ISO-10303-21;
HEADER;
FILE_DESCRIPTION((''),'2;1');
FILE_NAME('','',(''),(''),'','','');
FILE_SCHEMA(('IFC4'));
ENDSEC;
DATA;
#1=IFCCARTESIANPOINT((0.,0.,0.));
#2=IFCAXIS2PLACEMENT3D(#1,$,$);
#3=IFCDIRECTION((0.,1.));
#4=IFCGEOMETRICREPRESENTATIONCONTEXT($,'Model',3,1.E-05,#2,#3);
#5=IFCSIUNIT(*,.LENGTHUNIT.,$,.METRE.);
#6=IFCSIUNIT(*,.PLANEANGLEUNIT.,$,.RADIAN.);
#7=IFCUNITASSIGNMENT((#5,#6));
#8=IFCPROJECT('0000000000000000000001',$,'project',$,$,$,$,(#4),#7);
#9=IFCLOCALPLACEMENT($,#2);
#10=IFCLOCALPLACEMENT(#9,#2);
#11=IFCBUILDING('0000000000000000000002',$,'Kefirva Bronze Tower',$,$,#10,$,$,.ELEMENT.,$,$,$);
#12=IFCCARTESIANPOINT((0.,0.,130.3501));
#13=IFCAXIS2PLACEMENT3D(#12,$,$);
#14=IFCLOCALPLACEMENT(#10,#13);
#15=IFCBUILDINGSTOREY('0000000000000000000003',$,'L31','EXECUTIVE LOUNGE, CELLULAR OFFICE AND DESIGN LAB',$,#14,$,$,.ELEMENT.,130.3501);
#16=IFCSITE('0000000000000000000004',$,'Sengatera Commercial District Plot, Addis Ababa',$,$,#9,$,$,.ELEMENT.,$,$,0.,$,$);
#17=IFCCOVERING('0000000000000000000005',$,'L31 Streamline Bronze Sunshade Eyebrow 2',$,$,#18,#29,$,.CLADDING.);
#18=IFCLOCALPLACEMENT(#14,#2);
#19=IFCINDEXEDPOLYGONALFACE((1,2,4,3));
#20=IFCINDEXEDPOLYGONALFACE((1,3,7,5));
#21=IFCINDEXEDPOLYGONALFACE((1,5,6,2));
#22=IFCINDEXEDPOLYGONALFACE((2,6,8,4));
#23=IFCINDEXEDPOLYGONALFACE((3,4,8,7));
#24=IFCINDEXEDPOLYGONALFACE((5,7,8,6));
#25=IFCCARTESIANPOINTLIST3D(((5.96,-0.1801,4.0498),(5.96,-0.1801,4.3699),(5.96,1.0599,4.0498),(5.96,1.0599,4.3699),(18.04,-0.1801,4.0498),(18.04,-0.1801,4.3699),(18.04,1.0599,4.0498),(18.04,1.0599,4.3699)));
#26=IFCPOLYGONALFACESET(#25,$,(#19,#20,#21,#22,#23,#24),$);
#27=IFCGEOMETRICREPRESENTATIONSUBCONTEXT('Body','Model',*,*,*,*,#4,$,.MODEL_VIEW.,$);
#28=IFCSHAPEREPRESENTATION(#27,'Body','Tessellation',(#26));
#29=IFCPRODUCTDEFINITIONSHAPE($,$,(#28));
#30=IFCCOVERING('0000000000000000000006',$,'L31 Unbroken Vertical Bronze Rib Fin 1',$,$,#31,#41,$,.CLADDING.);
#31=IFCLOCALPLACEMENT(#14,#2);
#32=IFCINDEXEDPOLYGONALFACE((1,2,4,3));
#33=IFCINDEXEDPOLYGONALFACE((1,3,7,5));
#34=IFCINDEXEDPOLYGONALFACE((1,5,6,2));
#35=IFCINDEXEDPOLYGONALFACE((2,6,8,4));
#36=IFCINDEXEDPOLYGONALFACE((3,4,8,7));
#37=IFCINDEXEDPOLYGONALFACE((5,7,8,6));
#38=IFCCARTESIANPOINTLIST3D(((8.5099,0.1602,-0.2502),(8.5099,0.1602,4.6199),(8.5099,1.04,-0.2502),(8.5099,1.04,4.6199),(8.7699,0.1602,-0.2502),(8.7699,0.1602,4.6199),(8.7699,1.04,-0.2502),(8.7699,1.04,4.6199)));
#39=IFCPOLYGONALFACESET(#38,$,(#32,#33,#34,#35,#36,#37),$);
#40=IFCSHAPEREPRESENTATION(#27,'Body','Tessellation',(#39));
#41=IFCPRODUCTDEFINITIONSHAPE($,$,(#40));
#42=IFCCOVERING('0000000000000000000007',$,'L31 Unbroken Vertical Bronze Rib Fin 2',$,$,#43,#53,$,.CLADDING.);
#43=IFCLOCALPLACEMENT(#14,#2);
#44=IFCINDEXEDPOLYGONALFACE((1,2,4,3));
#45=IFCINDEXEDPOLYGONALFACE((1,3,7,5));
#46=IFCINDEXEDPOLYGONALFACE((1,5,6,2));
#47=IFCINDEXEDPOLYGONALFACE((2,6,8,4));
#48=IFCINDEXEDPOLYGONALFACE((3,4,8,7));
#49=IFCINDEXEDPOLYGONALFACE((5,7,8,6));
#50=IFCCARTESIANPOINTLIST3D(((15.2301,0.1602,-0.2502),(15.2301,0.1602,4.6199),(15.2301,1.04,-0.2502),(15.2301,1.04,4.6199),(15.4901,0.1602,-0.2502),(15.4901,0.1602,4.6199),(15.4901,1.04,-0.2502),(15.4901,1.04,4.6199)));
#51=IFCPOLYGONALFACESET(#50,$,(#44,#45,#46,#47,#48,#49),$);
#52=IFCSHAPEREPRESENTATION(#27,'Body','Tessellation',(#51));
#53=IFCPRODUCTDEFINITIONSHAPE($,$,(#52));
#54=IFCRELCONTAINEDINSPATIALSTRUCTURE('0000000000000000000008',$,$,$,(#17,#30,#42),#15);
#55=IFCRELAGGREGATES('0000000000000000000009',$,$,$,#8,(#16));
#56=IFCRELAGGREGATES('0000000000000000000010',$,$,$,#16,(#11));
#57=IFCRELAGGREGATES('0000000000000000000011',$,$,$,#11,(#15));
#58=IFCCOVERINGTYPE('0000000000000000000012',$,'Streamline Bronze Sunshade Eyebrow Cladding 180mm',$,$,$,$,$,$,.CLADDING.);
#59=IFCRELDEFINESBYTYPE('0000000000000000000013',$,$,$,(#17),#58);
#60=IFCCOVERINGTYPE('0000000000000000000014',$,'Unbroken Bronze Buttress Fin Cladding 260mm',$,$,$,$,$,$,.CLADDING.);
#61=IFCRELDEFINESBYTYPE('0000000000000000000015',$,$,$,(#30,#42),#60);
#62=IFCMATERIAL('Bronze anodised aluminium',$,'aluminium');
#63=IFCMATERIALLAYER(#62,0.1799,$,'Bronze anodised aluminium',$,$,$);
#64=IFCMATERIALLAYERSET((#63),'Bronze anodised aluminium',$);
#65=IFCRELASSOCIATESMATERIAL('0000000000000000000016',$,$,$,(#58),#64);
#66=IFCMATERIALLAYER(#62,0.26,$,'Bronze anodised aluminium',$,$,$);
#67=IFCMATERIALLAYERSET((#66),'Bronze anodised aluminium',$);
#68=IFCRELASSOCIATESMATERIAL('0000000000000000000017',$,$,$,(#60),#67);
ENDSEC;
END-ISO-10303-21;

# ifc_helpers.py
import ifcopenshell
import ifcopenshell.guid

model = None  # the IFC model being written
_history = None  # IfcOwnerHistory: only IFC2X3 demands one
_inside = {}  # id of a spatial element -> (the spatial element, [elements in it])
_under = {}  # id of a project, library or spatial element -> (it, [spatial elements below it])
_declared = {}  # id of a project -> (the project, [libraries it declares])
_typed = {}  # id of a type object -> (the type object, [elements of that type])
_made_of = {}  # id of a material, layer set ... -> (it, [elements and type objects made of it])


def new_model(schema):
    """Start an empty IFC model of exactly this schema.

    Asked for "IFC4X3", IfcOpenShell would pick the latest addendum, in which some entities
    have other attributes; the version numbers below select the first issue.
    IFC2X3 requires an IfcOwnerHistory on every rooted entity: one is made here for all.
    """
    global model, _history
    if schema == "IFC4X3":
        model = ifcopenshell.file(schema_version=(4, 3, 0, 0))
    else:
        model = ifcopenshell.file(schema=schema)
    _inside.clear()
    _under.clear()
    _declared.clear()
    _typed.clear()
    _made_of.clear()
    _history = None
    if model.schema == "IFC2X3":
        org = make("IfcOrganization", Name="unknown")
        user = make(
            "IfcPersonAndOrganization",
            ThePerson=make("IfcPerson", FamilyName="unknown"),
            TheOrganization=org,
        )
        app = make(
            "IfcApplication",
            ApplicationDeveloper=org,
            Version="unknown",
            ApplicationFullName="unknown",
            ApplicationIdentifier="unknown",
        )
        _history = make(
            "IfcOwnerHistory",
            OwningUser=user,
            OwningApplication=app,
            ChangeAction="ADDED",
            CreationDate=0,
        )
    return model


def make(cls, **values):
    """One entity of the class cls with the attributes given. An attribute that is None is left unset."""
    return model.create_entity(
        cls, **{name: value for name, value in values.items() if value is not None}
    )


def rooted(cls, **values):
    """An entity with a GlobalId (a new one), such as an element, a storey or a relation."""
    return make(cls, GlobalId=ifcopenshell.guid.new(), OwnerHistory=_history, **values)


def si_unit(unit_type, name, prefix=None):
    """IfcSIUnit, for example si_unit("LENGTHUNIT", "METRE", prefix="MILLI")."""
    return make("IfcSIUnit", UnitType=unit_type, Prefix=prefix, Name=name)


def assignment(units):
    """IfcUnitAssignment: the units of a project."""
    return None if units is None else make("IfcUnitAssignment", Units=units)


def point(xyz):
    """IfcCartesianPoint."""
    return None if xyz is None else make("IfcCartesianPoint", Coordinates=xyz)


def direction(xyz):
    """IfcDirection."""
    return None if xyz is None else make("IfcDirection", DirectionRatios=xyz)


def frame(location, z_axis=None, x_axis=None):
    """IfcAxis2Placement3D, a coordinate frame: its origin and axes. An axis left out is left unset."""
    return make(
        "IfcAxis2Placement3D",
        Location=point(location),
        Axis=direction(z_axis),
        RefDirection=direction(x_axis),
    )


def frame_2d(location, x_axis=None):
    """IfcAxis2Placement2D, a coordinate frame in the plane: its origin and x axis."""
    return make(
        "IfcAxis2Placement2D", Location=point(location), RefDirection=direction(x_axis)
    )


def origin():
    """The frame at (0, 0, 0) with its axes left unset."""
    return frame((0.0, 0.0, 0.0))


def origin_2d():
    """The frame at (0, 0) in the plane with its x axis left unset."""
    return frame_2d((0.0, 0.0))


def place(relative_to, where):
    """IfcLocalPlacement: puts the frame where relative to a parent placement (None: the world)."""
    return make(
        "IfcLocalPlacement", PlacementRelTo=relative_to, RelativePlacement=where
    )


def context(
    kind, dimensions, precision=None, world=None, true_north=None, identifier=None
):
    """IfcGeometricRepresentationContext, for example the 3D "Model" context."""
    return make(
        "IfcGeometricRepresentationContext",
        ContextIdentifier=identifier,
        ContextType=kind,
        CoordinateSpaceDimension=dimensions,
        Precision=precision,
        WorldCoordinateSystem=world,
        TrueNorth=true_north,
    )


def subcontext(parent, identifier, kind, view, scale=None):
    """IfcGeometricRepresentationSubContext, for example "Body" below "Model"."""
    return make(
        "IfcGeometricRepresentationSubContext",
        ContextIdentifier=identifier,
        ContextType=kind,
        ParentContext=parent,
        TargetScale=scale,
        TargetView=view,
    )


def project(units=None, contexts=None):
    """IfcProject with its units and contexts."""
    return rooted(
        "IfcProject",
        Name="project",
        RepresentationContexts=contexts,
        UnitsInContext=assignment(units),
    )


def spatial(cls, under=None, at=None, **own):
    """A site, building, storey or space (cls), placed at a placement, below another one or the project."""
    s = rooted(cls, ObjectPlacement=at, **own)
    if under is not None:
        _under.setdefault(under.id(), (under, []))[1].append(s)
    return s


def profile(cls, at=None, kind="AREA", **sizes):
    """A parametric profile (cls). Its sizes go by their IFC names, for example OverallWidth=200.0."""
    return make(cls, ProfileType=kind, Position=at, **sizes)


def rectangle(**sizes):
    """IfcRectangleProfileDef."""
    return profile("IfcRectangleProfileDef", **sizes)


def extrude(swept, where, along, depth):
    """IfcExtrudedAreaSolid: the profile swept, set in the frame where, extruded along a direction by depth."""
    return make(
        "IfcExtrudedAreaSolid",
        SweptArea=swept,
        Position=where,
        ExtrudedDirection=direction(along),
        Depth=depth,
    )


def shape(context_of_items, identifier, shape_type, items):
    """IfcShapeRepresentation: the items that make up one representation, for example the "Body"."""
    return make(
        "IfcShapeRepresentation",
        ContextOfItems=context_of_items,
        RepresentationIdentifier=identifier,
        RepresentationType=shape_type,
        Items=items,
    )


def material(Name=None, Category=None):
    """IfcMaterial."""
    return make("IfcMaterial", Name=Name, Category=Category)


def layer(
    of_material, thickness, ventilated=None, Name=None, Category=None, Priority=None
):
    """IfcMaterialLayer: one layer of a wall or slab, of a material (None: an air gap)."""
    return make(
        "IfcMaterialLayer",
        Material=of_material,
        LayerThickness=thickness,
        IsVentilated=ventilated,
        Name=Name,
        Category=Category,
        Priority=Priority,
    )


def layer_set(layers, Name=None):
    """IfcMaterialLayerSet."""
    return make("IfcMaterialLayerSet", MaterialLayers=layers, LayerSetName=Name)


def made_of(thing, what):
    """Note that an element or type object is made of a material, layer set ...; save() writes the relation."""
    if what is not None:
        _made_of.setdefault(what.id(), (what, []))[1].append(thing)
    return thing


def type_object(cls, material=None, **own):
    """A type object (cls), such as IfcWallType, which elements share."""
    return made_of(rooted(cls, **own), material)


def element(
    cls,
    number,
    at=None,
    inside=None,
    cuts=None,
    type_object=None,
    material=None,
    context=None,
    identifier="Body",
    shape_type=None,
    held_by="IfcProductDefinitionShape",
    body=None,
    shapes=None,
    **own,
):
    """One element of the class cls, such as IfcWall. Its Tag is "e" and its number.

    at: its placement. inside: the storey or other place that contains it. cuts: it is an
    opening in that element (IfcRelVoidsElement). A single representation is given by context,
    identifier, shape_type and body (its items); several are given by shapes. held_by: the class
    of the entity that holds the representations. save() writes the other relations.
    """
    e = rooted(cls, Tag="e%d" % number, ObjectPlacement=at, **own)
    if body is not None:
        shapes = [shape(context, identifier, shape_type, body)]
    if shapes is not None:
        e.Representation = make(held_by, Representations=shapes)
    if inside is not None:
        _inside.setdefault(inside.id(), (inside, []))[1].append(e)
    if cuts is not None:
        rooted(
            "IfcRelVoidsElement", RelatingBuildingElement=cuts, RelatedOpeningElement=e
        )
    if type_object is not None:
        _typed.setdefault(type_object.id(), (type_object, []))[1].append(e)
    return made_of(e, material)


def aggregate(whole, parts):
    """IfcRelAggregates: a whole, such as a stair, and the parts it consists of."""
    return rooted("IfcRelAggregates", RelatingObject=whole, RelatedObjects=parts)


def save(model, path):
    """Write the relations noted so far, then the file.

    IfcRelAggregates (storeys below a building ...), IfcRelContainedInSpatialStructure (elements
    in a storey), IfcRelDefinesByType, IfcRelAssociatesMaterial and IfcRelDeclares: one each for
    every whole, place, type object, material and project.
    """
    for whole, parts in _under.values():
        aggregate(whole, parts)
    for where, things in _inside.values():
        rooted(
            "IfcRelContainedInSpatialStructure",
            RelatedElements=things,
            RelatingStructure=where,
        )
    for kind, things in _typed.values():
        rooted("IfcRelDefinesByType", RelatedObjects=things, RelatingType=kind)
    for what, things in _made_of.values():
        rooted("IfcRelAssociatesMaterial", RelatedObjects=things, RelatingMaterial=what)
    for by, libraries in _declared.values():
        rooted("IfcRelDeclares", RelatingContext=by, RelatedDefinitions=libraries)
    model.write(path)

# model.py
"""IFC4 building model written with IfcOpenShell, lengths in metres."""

from ifc_helpers import new_model, si_unit, direction, frame, origin, origin_2d, place, context, subcontext, project, spatial, rectangle, extrude, material, layer, layer_set, type_object, element, save


model = new_model("IFC4")

# Units and contexts
model_context = context("Model", 3, precision=1e-05, world=origin(), true_north=direction((0.0, 1.0)))
body_context = subcontext(model_context, "Body", "Model", "MODEL_VIEW")
ifc_project = project(units=[si_unit("LENGTHUNIT", "METRE"), si_unit("PLANEANGLEUNIT", "RADIAN")], contexts=[model_context])

# Site, building, storey
site_placement = place(None, origin())
site = spatial("IfcSite", under=ifc_project, at=site_placement, Name="Sengatera Commercial District Plot, Addis Ababa", CompositionType="ELEMENT", RefElevation=0.0)
building_placement = place(site_placement, origin())
building = spatial("IfcBuilding", under=site, at=building_placement, Name="Kefirva Bronze Tower", CompositionType="ELEMENT")
storey_placement = place(building_placement, frame((0.0, 0.0, 130.3501)))
storey = spatial("IfcBuildingStorey", under=building, at=storey_placement, Name="L31", Description="EXECUTIVE LOUNGE, CELLULAR OFFICE AND DESIGN LAB", CompositionType="ELEMENT", Elevation=130.3501)

# Coverings
ifc_material_1 = material(Name="Bronze anodised aluminium", Category="aluminium")
ifc_layer_1 = layer(ifc_material_1, 0.1799, Name="Bronze anodised aluminium")
ifc_layer_set_1 = layer_set([ifc_layer_1], Name="Bronze anodised aluminium")
covering_type_1 = type_object("IfcCoveringType", Name="Streamline Bronze Sunshade Eyebrow Cladding 180mm", PredefinedType="CLADDING", material=ifc_layer_set_1)
covering_1_placement = place(storey_placement, frame((12.0, 0.4399, 4.0498), z_axis=(0.0, 0.0, 1.0), x_axis=(1.0, 0.0, 0.0)))
element("IfcCovering", 1, at=covering_1_placement, inside=storey, type_object=covering_type_1, Name="L31 Streamline Bronze Sunshade Eyebrow 2", PredefinedType="CLADDING", context=body_context, shape_type="SweptSolid", body=[
    extrude(rectangle(XDim=12.0801, YDim=1.24, at=origin_2d()), origin(), (0.0, 0.0, 1.0), 0.3201),
])
ifc_layer_2 = layer(ifc_material_1, 0.26, Name="Bronze anodised aluminium")
ifc_layer_set_2 = layer_set([ifc_layer_2], Name="Bronze anodised aluminium")
covering_type_2 = type_object("IfcCoveringType", Name="Unbroken Bronze Buttress Fin Cladding 260mm", PredefinedType="CLADDING", material=ifc_layer_set_2)
for number, where, z_axis, x_axis, name in (
    (2, (8.6399, 0.6001, -0.2502), (0.0, 0.0, 1.0), (1.0, 0.0, 0.0), "L31 Unbroken Vertical Bronze Rib Fin 1"),
    (3, (15.3601, 0.6001, -0.2502), (0.0, 0.0, 1.0), (1.0, 0.0, 0.0), "L31 Unbroken Vertical Bronze Rib Fin 2"),
):
    element("IfcCovering", number, at=place(storey_placement, frame(where, z_axis=z_axis, x_axis=x_axis)), inside=storey, type_object=covering_type_2, Name=name, PredefinedType="CLADDING", context=body_context, shape_type="SweptSolid", body=[
        extrude(rectangle(XDim=0.26, YDim=0.8799, at=origin_2d()), origin(), (0.0, 0.0, 1.0), 4.8701),
    ])

save(model, "model.ifc")
